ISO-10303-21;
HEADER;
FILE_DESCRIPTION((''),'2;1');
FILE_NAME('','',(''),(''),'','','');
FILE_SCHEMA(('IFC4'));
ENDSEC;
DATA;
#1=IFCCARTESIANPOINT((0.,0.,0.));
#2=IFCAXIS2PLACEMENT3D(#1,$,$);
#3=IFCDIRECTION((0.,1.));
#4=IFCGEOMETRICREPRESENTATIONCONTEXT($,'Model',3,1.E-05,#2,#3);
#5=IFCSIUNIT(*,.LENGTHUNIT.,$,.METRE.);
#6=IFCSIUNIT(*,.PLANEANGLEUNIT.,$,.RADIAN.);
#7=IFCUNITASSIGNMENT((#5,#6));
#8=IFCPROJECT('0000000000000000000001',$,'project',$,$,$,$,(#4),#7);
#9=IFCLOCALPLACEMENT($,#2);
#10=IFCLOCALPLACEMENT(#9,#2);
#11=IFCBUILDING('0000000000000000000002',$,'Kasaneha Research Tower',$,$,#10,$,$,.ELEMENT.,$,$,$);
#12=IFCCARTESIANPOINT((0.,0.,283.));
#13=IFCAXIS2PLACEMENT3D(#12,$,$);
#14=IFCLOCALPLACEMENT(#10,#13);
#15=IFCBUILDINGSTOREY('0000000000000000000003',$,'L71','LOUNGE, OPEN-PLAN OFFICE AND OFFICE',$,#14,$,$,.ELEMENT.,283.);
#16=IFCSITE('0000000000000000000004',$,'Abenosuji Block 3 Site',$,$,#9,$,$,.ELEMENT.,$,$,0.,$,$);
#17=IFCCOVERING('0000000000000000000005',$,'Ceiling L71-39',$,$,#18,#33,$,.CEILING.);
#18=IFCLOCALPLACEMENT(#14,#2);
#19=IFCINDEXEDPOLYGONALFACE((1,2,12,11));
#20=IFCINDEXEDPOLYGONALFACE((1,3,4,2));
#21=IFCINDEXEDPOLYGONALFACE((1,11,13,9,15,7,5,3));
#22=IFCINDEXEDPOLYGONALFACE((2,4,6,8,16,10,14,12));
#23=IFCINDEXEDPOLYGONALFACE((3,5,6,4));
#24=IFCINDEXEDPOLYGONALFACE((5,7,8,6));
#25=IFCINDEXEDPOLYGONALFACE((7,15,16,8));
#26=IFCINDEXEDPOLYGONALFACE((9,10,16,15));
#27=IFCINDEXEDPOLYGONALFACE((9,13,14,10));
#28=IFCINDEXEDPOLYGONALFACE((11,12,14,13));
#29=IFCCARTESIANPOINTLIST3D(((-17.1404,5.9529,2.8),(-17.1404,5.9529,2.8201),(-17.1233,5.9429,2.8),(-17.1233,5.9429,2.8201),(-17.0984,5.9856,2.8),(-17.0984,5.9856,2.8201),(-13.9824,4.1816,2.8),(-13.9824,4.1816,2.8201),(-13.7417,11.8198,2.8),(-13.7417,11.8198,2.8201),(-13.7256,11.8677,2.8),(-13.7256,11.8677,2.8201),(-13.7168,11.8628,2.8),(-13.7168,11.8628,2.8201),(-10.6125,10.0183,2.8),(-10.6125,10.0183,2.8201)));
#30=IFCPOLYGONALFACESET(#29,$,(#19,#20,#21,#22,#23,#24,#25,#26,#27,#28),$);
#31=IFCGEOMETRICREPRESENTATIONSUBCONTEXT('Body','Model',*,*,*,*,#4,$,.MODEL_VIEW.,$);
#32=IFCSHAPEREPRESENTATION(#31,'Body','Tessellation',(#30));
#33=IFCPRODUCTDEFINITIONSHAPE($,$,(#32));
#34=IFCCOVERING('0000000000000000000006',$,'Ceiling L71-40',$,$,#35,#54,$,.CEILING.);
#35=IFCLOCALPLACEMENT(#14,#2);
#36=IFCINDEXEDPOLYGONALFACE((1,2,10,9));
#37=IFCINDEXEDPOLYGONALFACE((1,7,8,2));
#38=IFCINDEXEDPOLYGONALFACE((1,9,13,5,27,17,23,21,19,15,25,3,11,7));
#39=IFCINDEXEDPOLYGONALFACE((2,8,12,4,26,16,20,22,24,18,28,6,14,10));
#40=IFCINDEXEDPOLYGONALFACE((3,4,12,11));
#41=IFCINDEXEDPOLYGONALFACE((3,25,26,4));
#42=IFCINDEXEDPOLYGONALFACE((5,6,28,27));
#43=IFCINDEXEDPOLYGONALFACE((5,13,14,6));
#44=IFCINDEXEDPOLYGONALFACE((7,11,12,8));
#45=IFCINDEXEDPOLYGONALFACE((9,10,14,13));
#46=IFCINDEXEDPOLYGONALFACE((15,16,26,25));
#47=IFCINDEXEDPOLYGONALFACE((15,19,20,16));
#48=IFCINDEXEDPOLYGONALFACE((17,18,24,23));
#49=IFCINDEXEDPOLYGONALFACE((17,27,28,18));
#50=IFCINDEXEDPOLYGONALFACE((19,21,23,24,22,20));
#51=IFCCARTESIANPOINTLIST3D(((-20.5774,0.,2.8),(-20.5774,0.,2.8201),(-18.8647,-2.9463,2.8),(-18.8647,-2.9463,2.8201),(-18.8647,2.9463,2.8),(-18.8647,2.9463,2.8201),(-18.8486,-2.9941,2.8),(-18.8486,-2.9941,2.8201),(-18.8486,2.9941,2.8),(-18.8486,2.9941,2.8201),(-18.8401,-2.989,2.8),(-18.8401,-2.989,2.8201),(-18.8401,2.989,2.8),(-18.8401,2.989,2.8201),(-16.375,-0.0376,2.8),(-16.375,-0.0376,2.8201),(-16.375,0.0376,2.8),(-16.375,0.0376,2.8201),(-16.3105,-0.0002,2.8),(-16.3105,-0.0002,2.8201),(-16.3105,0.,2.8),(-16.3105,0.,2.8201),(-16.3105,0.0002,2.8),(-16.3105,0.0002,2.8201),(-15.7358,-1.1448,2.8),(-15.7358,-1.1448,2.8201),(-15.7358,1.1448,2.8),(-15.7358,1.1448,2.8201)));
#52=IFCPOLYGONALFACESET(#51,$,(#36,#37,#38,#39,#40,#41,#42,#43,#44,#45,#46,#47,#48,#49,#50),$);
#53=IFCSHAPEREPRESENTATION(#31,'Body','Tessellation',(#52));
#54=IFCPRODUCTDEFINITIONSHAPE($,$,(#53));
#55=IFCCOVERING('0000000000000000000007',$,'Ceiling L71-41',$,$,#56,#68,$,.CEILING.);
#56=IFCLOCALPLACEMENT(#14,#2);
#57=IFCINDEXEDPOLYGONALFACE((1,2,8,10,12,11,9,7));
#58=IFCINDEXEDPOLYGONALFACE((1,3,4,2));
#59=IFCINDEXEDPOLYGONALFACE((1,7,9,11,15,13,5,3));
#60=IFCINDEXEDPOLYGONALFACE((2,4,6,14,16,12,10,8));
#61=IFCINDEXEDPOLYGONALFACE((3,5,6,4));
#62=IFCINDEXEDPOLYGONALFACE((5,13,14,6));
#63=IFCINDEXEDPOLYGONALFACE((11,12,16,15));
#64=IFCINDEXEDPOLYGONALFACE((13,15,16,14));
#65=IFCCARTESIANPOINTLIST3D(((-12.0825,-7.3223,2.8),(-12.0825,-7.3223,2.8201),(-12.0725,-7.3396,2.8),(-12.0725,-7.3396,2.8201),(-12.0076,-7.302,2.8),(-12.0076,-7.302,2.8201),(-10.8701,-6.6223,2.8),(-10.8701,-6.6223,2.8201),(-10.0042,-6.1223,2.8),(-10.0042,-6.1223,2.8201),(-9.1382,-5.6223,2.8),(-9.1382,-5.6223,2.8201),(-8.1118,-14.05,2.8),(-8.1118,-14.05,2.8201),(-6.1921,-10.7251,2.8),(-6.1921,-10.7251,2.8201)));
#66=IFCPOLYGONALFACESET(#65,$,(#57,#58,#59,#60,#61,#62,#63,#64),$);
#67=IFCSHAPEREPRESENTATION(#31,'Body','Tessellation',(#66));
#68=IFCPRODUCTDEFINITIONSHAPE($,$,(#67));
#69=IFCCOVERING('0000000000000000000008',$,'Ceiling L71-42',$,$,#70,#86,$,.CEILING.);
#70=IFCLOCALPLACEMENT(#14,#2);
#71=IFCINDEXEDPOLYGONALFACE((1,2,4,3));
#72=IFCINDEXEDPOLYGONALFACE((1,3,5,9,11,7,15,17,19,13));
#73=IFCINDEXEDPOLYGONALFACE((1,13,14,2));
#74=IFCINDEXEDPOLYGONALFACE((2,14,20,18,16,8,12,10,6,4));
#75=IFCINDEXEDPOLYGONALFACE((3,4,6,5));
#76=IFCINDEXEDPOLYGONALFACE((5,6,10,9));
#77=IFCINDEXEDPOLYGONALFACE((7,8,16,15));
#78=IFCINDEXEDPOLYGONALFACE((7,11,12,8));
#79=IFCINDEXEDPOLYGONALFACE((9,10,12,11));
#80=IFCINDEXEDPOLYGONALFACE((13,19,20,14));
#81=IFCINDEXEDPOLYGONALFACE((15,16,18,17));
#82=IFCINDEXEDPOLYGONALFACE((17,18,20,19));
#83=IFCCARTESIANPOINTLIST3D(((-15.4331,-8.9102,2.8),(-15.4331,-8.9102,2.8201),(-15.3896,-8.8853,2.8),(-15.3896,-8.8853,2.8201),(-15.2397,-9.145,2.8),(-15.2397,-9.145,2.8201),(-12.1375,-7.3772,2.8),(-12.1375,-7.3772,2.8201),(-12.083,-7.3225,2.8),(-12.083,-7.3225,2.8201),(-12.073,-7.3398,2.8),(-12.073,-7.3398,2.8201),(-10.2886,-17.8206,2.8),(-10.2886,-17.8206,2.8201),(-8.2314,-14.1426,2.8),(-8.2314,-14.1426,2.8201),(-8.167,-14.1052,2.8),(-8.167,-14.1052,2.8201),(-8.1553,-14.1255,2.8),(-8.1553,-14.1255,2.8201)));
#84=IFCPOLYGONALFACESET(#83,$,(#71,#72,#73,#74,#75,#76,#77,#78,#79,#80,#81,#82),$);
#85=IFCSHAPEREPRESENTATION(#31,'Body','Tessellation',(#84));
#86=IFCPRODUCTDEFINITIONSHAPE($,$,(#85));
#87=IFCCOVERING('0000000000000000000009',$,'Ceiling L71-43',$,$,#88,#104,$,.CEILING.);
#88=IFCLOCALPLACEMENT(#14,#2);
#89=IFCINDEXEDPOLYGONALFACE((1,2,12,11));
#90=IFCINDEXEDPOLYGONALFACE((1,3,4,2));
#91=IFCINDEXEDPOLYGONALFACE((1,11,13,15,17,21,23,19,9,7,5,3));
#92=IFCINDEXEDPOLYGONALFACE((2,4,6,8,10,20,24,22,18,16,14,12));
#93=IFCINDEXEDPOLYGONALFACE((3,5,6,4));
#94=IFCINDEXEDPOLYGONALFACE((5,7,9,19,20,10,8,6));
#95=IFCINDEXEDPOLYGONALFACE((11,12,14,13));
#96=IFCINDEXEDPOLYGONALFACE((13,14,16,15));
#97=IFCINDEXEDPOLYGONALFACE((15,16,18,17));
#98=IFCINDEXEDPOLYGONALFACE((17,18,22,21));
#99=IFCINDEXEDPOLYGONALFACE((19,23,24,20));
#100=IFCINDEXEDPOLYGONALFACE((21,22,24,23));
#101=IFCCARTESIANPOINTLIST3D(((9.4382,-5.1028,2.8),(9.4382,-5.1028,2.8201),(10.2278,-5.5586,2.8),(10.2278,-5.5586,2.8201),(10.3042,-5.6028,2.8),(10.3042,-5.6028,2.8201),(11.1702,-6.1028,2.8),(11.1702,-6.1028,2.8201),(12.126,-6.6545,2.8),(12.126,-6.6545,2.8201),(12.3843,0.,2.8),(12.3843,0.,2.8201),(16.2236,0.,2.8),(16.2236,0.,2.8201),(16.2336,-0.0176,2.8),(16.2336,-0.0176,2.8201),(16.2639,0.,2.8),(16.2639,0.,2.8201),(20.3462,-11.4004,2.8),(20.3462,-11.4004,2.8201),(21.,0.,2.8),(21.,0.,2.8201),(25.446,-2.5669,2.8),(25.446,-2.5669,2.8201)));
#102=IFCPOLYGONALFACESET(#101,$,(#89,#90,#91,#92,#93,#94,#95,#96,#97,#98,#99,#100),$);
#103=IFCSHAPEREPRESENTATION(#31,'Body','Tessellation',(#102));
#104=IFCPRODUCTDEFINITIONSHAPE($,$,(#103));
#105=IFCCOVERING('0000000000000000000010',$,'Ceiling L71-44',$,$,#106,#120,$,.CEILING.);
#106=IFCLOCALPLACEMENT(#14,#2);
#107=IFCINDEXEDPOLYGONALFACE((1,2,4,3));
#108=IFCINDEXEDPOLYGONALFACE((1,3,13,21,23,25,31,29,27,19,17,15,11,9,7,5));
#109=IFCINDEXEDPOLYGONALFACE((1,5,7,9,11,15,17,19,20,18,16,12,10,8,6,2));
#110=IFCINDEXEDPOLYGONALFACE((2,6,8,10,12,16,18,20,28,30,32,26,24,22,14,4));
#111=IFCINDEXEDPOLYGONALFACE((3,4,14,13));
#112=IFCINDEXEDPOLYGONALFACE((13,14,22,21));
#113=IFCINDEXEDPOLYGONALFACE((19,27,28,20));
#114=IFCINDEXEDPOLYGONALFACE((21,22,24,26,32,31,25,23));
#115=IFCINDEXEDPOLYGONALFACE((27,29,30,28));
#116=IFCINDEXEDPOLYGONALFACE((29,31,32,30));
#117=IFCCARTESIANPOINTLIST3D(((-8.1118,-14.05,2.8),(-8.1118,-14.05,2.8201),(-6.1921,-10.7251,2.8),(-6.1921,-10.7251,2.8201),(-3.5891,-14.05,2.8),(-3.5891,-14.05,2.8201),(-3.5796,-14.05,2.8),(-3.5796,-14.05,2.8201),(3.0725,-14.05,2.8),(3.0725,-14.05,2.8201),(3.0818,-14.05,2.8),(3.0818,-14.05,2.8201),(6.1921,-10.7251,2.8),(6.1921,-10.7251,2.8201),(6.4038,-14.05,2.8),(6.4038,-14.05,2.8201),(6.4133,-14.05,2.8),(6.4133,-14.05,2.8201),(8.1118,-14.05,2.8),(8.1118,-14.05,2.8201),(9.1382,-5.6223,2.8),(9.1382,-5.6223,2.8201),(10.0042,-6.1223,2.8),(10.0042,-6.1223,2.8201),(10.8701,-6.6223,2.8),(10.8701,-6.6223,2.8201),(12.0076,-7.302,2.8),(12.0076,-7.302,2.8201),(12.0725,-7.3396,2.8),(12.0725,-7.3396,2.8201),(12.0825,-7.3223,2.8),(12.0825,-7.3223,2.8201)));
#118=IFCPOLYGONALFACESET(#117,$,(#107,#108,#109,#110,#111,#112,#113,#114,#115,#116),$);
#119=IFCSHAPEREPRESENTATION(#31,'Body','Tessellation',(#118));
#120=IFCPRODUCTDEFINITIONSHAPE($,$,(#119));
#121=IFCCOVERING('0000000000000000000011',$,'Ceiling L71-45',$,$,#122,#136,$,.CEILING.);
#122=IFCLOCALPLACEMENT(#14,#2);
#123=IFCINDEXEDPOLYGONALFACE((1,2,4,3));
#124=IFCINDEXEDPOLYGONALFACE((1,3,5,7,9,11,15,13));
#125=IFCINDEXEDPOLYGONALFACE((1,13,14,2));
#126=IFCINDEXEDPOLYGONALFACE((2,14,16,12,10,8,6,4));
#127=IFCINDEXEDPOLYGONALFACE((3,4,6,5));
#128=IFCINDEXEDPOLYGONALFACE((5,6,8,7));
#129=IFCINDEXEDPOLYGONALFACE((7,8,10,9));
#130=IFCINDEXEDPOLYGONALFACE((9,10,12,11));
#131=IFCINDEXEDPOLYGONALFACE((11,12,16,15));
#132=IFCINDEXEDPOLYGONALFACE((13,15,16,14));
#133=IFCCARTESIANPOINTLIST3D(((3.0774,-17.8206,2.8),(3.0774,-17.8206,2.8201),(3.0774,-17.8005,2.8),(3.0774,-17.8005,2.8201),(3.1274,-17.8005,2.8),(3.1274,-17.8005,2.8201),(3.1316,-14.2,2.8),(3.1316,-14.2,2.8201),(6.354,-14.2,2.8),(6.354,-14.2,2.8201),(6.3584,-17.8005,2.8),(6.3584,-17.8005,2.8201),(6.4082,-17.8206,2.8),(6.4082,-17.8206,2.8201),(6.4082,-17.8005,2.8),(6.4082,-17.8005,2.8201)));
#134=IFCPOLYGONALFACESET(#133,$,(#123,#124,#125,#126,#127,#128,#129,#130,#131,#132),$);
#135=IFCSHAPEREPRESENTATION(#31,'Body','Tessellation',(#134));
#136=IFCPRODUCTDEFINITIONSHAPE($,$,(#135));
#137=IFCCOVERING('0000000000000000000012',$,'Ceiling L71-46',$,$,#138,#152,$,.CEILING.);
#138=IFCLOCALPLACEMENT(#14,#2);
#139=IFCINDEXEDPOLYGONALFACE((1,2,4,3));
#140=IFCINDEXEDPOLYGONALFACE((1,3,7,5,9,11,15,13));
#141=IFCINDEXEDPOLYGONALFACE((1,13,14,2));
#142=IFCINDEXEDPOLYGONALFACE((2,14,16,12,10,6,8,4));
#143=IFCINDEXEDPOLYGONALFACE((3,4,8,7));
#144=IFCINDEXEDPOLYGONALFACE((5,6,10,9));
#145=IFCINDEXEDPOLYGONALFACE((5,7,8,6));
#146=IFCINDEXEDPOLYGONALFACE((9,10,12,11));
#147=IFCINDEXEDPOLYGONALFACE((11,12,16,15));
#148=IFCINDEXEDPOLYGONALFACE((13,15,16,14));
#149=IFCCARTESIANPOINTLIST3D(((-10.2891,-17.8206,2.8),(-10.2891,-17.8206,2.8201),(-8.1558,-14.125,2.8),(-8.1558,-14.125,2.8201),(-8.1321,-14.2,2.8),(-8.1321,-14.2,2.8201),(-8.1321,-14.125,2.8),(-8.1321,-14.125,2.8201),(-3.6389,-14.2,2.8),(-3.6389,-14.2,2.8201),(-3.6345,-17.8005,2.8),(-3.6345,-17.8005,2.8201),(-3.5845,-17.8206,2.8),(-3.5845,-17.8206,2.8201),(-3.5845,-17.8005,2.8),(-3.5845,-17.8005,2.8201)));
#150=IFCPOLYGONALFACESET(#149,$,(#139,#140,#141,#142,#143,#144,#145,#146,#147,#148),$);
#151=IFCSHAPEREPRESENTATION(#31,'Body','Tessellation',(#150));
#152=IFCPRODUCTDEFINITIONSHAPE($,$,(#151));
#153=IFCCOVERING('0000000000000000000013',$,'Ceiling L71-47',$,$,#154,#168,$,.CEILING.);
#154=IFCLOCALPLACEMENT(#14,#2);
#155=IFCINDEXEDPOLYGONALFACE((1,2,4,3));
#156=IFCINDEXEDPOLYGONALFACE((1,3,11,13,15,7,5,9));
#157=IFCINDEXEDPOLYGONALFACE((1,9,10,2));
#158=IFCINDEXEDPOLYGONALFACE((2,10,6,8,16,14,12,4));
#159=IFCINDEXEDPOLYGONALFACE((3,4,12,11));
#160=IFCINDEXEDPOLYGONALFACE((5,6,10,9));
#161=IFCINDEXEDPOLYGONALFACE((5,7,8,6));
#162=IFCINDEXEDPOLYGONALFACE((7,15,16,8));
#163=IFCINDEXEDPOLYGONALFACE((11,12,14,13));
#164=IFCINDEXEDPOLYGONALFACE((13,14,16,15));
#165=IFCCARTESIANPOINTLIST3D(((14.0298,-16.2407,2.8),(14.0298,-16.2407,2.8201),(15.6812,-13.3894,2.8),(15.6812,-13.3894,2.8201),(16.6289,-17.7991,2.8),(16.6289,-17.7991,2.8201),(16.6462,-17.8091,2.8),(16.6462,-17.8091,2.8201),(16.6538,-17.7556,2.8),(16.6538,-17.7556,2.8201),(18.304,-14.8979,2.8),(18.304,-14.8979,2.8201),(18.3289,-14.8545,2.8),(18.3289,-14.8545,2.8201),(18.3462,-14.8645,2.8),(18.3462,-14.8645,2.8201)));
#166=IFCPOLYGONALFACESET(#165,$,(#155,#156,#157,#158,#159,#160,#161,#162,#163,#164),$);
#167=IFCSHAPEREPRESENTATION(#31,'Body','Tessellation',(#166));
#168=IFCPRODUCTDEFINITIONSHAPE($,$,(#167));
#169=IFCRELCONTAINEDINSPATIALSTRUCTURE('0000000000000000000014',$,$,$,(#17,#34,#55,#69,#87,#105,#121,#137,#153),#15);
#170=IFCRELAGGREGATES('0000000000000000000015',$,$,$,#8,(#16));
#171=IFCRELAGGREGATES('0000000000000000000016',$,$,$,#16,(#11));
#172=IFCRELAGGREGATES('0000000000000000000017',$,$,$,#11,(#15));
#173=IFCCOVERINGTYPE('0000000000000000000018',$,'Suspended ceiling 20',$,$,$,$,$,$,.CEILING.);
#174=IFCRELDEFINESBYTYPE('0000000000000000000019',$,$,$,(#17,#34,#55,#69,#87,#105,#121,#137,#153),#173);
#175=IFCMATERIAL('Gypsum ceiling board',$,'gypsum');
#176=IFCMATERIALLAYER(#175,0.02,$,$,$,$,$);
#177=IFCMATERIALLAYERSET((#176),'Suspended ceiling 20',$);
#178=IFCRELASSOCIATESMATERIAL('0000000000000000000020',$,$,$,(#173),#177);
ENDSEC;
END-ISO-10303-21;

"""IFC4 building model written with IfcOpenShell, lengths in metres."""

from ifc_helpers import new_model, si_unit, direction, frame, origin, place, context, subcontext, project, spatial, polyline, outline, extrude, material, layer, layer_set, type_object, element, save


model = new_model("IFC4")

# Units and contexts
model_context = context("Model", 3, precision=1e-05, world=origin(), true_north=direction((0.0, 1.0)))
body_context = subcontext(model_context, "Body", "Model", "MODEL_VIEW")
ifc_project = project(units=[si_unit("LENGTHUNIT", "METRE"), si_unit("PLANEANGLEUNIT", "RADIAN")], contexts=[model_context])

# Site, building, storey
site_placement = place(None, origin())
site = spatial("IfcSite", under=ifc_project, at=site_placement, Name="Abenosuji Block 3 Site", CompositionType="ELEMENT", RefElevation=0.0)
building_placement = place(site_placement, origin())
building = spatial("IfcBuilding", under=site, at=building_placement, Name="Kasaneha Research Tower", CompositionType="ELEMENT")
storey_placement = place(building_placement, frame((0.0, 0.0, 283.0)))
storey = spatial("IfcBuildingStorey", under=building, at=storey_placement, Name="L71", Description="LOUNGE, OPEN-PLAN OFFICE AND OFFICE", CompositionType="ELEMENT", Elevation=283.0)

# Coverings
ifc_material_1 = material(Name="Gypsum ceiling board", Category="gypsum")
ifc_layer_1 = layer(ifc_material_1, 0.02)
ifc_layer_set_1 = layer_set([ifc_layer_1], Name="Suspended ceiling 20")
covering_type_1 = type_object("IfcCoveringType", Name="Suspended ceiling 20", PredefinedType="CEILING", material=ifc_layer_set_1)
covering_1_placement = place(storey_placement, frame((0.0, 0.0, 2.8)))
element("IfcCovering", 1, at=covering_1_placement, inside=storey, type_object=covering_type_1, Name="Ceiling L71-39", PredefinedType="CEILING", context=body_context, shape_type="SweptSolid", body=[
    extrude(outline(polyline([(-17.1404, 5.9529), (-13.7256, 11.8677), (-13.7168, 11.8628), (-13.7417, 11.8198), (-10.6125, 10.0183), (-13.9824, 4.1816), (-17.0984, 5.9856), (-17.1233, 5.9429), (-17.1404, 5.9529)])), origin(), (0.0, 0.0, 1.0), 0.02),
])
covering_2_placement = place(storey_placement, frame((0.0, 0.0, 2.8)))
element("IfcCovering", 2, at=covering_2_placement, inside=storey, type_object=covering_type_1, Name="Ceiling L71-40", PredefinedType="CEILING", context=body_context, shape_type="SweptSolid", body=[
    extrude(outline(polyline([(-18.8401, 2.989), (-18.8647, 2.9463), (-15.7358, 1.1448), (-16.375, 0.0376), (-16.3105, 0.0002), (-16.3105, 0.0), (-16.3105, -0.0002), (-16.375, -0.0376), (-15.7358, -1.1448), (-18.8647, -2.9463), (-18.8401, -2.989), (-18.8486, -2.9941), (-20.5774, 0.0), (-18.8486, 2.9941), (-18.8401, 2.989)])), origin(), (0.0, 0.0, 1.0), 0.02),
])
covering_3_placement = place(storey_placement, frame((0.0, 0.0, 2.8)))
element("IfcCovering", 3, at=covering_3_placement, inside=storey, type_object=covering_type_1, Name="Ceiling L71-41", PredefinedType="CEILING", context=body_context, shape_type="SweptSolid", body=[
    extrude(outline(polyline([(-10.8701, -6.6223), (-10.0042, -6.1223), (-10.0042, -6.1223), (-9.1382, -5.6223), (-6.1921, -10.7251), (-8.1118, -14.05), (-12.0076, -7.302), (-12.0725, -7.3396), (-12.0825, -7.3223), (-10.8701, -6.6223), (-10.8701, -6.6223)])), origin(), (0.0, 0.0, 1.0), 0.02),
])
covering_4_placement = place(storey_placement, frame((0.0, 0.0, 2.8)))
element("IfcCovering", 4, at=covering_4_placement, inside=storey, type_object=covering_type_1, Name="Ceiling L71-42", PredefinedType="CEILING", context=body_context, shape_type="SweptSolid", body=[
    extrude(outline(polyline([(-12.073, -7.3398), (-12.1375, -7.3772), (-8.2314, -14.1426), (-8.167, -14.1052), (-8.1553, -14.1255), (-10.2886, -17.8206), (-15.4331, -8.9102), (-15.3896, -8.8853), (-15.2397, -9.145), (-15.2397, -9.145), (-15.2397, -9.145), (-12.083, -7.3225), (-12.073, -7.3398)])), origin(), (0.0, 0.0, 1.0), 0.02),
])
covering_5_placement = place(storey_placement, frame((0.0, 0.0, 2.8)))
element("IfcCovering", 5, at=covering_5_placement, inside=storey, type_object=covering_type_1, Name="Ceiling L71-43", PredefinedType="CEILING", context=body_context, shape_type="SweptSolid", body=[
    extrude(outline(polyline([(11.1702, -6.1028), (10.3042, -5.6028), (10.2278, -5.5586), (9.4382, -5.1028), (12.3843, 0.0), (16.2236, 0.0), (16.2336, -0.0176), (16.2639, 0.0), (21.0, 0.0), (25.446, -2.5669), (20.3462, -11.4004), (12.126, -6.6545), (11.1702, -6.1028)])), origin(), (0.0, 0.0, 1.0), 0.02),
])
covering_6_placement = place(storey_placement, frame((0.0, 0.0, 2.8)))
element("IfcCovering", 6, at=covering_6_placement, inside=storey, type_object=covering_type_1, Name="Ceiling L71-44", PredefinedType="CEILING", context=body_context, shape_type="SweptSolid", body=[
    extrude(outline(polyline([(-6.1921, -10.7251), (6.1921, -10.7251), (9.1382, -5.6223), (10.0042, -6.1223), (10.0042, -6.1223), (10.8701, -6.6223), (10.8701, -6.6223), (12.0825, -7.3223), (12.0725, -7.3396), (12.0076, -7.302), (8.1118, -14.05), (6.4133, -14.05), (6.4038, -14.05), (3.0818, -14.05), (3.0725, -14.05), (-3.5796, -14.05), (-3.5891, -14.05), (-8.1118, -14.05), (-8.1118, -14.05), (-6.1921, -10.7251)])), origin(), (0.0, 0.0, 1.0), 0.02),
])
covering_7_placement = place(storey_placement, frame((0.0, 0.0, 2.8)))
element("IfcCovering", 7, at=covering_7_placement, inside=storey, type_object=covering_type_1, Name="Ceiling L71-45", PredefinedType="CEILING", context=body_context, shape_type="SweptSolid", body=[
    extrude(outline(polyline([(3.0774, -17.8005), (3.1274, -17.8005), (3.1316, -14.2), (6.354, -14.2), (6.3584, -17.8005), (6.4082, -17.8005), (6.4082, -17.8206), (3.0774, -17.8206), (3.0774, -17.8005)])), origin(), (0.0, 0.0, 1.0), 0.02),
])
covering_8_placement = place(storey_placement, frame((0.0, 0.0, 2.8)))
element("IfcCovering", 8, at=covering_8_placement, inside=storey, type_object=covering_type_1, Name="Ceiling L71-46", PredefinedType="CEILING", context=body_context, shape_type="SweptSolid", body=[
    extrude(outline(polyline([(-8.1558, -14.125), (-8.1321, -14.125), (-8.1321, -14.2), (-3.6389, -14.2), (-3.6345, -17.8005), (-3.5845, -17.8005), (-3.5845, -17.8206), (-10.2891, -17.8206), (-8.1558, -14.125)])), origin(), (0.0, 0.0, 1.0), 0.02),
])
covering_9_placement = place(storey_placement, frame((0.0, 0.0, 2.8)))
element("IfcCovering", 9, at=covering_9_placement, inside=storey, type_object=covering_type_1, Name="Ceiling L71-47", PredefinedType="CEILING", context=body_context, shape_type="SweptSolid", body=[
    extrude(outline(polyline([(16.6462, -17.8091), (16.6289, -17.7991), (16.6538, -17.7556), (14.0298, -16.2407), (15.6812, -13.3894), (18.304, -14.8979), (18.3289, -14.8545), (18.3462, -14.8645), (16.6462, -17.8091)])), origin(), (0.0, 0.0, 1.0), 0.02),
])

save(model, "model.ifc")
